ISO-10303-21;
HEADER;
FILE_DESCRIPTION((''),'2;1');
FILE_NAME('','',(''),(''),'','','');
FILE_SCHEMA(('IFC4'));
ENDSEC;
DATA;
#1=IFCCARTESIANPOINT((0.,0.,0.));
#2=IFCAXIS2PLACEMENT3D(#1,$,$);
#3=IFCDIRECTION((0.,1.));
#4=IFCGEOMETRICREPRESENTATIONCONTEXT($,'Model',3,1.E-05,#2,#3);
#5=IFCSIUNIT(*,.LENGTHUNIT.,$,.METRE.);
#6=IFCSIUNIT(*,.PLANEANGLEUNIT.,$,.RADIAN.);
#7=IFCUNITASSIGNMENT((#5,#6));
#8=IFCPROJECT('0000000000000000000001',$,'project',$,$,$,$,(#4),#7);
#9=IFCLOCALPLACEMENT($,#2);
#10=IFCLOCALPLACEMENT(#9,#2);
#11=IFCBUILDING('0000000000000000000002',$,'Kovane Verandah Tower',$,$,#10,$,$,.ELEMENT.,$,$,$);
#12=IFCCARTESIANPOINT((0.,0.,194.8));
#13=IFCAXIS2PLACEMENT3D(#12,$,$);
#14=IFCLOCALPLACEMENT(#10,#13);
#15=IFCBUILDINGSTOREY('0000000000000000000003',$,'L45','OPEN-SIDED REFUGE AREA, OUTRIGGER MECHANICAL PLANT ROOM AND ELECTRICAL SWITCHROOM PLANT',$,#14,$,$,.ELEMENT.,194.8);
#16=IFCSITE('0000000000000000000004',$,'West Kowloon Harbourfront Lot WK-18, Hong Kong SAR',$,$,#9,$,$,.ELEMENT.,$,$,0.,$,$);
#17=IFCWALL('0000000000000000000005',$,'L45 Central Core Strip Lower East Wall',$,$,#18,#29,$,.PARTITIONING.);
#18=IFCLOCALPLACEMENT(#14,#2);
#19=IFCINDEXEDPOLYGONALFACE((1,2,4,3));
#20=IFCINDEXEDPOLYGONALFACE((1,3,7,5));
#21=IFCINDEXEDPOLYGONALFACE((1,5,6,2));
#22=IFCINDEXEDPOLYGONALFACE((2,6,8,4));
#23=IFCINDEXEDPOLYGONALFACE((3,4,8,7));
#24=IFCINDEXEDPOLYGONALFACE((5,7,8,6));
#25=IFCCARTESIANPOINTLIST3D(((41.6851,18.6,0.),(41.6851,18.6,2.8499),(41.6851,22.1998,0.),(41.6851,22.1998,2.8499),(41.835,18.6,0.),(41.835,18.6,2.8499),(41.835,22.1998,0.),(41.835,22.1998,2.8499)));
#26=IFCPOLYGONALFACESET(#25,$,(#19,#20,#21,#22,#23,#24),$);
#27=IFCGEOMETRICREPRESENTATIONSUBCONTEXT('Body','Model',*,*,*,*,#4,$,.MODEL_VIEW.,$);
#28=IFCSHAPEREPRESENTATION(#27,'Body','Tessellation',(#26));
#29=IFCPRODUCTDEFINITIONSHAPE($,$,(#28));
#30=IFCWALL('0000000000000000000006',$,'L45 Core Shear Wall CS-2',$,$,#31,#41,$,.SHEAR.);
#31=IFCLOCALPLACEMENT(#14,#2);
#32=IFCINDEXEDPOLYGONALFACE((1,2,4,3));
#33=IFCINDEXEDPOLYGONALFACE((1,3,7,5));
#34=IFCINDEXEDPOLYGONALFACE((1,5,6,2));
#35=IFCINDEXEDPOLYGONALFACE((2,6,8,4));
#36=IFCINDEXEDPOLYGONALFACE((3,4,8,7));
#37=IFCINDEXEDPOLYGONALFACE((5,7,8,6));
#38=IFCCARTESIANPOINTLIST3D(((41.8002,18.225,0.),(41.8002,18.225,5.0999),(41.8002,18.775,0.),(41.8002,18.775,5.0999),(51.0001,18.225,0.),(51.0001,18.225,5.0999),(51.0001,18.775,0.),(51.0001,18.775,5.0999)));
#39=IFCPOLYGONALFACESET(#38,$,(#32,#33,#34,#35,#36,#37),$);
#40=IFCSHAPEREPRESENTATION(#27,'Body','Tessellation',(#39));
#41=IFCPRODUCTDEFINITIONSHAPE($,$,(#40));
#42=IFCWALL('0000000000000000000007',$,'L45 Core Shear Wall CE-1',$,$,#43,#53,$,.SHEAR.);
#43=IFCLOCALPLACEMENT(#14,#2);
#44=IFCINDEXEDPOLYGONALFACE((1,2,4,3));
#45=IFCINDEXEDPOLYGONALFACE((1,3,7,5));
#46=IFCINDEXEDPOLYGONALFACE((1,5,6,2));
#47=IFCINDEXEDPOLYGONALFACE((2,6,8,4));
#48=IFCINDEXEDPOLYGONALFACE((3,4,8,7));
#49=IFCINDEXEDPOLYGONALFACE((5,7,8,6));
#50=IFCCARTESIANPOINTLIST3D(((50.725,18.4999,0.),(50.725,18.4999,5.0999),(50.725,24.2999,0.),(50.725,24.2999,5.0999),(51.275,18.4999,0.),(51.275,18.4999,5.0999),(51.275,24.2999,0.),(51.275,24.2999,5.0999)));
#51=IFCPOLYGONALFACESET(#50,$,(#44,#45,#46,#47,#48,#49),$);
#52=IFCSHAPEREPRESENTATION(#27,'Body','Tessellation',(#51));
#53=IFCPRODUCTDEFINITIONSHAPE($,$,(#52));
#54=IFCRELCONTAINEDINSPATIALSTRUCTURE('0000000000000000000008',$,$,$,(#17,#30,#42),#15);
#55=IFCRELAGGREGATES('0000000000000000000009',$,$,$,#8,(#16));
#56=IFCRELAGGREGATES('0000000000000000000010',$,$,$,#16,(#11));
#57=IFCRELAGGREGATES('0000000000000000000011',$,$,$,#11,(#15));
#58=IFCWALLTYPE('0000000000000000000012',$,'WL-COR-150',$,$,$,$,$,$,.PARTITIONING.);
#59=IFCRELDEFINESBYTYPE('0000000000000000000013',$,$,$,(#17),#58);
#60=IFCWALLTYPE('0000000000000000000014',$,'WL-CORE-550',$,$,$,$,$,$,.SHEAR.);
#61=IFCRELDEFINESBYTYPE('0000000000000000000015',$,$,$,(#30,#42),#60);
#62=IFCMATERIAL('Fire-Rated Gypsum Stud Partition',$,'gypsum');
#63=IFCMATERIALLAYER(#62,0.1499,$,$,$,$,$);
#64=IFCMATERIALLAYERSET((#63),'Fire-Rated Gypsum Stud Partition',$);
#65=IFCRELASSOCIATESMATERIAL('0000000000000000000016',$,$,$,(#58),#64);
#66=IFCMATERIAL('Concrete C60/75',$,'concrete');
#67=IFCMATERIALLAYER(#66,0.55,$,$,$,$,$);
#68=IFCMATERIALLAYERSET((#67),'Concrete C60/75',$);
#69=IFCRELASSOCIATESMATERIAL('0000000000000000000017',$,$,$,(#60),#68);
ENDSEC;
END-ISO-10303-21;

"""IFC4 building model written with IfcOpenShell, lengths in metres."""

from ifc_helpers import new_model, si_unit, direction, frame, frame_2d, origin, place, context, subcontext, project, spatial, rectangle, extrude, material, layer, layer_set, type_object, element, save


model = new_model("IFC4")

# Units and contexts
model_context = context("Model", 3, precision=1e-05, world=origin(), true_north=direction((0.0, 1.0)))
body_context = subcontext(model_context, "Body", "Model", "MODEL_VIEW")
ifc_project = project(units=[si_unit("LENGTHUNIT", "METRE"), si_unit("PLANEANGLEUNIT", "RADIAN")], contexts=[model_context])

# Site, building, storey
site_placement = place(None, origin())
site = spatial("IfcSite", under=ifc_project, at=site_placement, Name="West Kowloon Harbourfront Lot WK-18, Hong Kong SAR", CompositionType="ELEMENT", RefElevation=0.0)
building_placement = place(site_placement, origin())
building = spatial("IfcBuilding", under=site, at=building_placement, Name="Kovane Verandah Tower", CompositionType="ELEMENT")
storey_placement = place(building_placement, frame((0.0, 0.0, 194.8)))
storey = spatial("IfcBuildingStorey", under=building, at=storey_placement, Name="L45", Description="OPEN-SIDED REFUGE AREA, OUTRIGGER MECHANICAL PLANT ROOM AND ELECTRICAL SWITCHROOM PLANT", CompositionType="ELEMENT", Elevation=194.8)

# Shared definitions
ifc_material_1 = material(Name="Concrete C60/75", Category="concrete")

# Wall
ifc_material_2 = material(Name="Fire-Rated Gypsum Stud Partition", Category="gypsum")
ifc_layer_1 = layer(ifc_material_2, 0.1499)
ifc_layer_set_1 = layer_set([ifc_layer_1], Name="Fire-Rated Gypsum Stud Partition")
wall_type_1 = type_object("IfcWallType", Name="WL-COR-150", PredefinedType="PARTITIONING", material=ifc_layer_set_1)
wall_1_placement = place(storey_placement, frame((41.76, 18.6001, 0.0), z_axis=(0.0, 0.0, 1.0), x_axis=(0.0, 1.0, 0.0)))
element("IfcWall", 1, at=wall_1_placement, inside=storey, type_object=wall_type_1, Name="L45 Central Core Strip Lower East Wall", PredefinedType="PARTITIONING", context=body_context, shape_type="SweptSolid", body=[
    extrude(rectangle(XDim=3.5999, YDim=0.1499, at=frame_2d((1.7998, 0.0))), origin(), (0.0, 0.0, 1.0), 2.8499),
])

# Walls
ifc_layer_2 = layer(ifc_material_1, 0.55)
ifc_layer_set_2 = layer_set([ifc_layer_2], Name="Concrete C60/75")
wall_type_2 = type_object("IfcWallType", Name="WL-CORE-550", PredefinedType="SHEAR", material=ifc_layer_set_2)
wall_2_placement = place(storey_placement, frame((41.8, 18.5, 0.0), z_axis=(0.0, 0.0, 1.0), x_axis=(1.0, 0.0, 0.0)))
element("IfcWall", 2, at=wall_2_placement, inside=storey, type_object=wall_type_2, Name="L45 Core Shear Wall CS-2", PredefinedType="SHEAR", context=body_context, shape_type="SweptSolid", body=[
    extrude(rectangle(XDim=9.2, YDim=0.55, at=frame_2d((4.6001, 0.0))), origin(), (0.0, 0.0, 1.0), 5.0999),
])
wall_3_placement = place(storey_placement, frame((51.0, 18.5, 0.0), z_axis=(0.0, 0.0, 1.0), x_axis=(0.0, 1.0, 0.0)))
element("IfcWall", 3, at=wall_3_placement, inside=storey, type_object=wall_type_2, Name="L45 Core Shear Wall CE-1", PredefinedType="SHEAR", context=body_context, shape_type="SweptSolid", body=[
    extrude(rectangle(XDim=5.8, YDim=0.55, at=frame_2d((2.8999, 0.0))), origin(), (0.0, 0.0, 1.0), 5.0999),
])

save(model, "model.ifc")
